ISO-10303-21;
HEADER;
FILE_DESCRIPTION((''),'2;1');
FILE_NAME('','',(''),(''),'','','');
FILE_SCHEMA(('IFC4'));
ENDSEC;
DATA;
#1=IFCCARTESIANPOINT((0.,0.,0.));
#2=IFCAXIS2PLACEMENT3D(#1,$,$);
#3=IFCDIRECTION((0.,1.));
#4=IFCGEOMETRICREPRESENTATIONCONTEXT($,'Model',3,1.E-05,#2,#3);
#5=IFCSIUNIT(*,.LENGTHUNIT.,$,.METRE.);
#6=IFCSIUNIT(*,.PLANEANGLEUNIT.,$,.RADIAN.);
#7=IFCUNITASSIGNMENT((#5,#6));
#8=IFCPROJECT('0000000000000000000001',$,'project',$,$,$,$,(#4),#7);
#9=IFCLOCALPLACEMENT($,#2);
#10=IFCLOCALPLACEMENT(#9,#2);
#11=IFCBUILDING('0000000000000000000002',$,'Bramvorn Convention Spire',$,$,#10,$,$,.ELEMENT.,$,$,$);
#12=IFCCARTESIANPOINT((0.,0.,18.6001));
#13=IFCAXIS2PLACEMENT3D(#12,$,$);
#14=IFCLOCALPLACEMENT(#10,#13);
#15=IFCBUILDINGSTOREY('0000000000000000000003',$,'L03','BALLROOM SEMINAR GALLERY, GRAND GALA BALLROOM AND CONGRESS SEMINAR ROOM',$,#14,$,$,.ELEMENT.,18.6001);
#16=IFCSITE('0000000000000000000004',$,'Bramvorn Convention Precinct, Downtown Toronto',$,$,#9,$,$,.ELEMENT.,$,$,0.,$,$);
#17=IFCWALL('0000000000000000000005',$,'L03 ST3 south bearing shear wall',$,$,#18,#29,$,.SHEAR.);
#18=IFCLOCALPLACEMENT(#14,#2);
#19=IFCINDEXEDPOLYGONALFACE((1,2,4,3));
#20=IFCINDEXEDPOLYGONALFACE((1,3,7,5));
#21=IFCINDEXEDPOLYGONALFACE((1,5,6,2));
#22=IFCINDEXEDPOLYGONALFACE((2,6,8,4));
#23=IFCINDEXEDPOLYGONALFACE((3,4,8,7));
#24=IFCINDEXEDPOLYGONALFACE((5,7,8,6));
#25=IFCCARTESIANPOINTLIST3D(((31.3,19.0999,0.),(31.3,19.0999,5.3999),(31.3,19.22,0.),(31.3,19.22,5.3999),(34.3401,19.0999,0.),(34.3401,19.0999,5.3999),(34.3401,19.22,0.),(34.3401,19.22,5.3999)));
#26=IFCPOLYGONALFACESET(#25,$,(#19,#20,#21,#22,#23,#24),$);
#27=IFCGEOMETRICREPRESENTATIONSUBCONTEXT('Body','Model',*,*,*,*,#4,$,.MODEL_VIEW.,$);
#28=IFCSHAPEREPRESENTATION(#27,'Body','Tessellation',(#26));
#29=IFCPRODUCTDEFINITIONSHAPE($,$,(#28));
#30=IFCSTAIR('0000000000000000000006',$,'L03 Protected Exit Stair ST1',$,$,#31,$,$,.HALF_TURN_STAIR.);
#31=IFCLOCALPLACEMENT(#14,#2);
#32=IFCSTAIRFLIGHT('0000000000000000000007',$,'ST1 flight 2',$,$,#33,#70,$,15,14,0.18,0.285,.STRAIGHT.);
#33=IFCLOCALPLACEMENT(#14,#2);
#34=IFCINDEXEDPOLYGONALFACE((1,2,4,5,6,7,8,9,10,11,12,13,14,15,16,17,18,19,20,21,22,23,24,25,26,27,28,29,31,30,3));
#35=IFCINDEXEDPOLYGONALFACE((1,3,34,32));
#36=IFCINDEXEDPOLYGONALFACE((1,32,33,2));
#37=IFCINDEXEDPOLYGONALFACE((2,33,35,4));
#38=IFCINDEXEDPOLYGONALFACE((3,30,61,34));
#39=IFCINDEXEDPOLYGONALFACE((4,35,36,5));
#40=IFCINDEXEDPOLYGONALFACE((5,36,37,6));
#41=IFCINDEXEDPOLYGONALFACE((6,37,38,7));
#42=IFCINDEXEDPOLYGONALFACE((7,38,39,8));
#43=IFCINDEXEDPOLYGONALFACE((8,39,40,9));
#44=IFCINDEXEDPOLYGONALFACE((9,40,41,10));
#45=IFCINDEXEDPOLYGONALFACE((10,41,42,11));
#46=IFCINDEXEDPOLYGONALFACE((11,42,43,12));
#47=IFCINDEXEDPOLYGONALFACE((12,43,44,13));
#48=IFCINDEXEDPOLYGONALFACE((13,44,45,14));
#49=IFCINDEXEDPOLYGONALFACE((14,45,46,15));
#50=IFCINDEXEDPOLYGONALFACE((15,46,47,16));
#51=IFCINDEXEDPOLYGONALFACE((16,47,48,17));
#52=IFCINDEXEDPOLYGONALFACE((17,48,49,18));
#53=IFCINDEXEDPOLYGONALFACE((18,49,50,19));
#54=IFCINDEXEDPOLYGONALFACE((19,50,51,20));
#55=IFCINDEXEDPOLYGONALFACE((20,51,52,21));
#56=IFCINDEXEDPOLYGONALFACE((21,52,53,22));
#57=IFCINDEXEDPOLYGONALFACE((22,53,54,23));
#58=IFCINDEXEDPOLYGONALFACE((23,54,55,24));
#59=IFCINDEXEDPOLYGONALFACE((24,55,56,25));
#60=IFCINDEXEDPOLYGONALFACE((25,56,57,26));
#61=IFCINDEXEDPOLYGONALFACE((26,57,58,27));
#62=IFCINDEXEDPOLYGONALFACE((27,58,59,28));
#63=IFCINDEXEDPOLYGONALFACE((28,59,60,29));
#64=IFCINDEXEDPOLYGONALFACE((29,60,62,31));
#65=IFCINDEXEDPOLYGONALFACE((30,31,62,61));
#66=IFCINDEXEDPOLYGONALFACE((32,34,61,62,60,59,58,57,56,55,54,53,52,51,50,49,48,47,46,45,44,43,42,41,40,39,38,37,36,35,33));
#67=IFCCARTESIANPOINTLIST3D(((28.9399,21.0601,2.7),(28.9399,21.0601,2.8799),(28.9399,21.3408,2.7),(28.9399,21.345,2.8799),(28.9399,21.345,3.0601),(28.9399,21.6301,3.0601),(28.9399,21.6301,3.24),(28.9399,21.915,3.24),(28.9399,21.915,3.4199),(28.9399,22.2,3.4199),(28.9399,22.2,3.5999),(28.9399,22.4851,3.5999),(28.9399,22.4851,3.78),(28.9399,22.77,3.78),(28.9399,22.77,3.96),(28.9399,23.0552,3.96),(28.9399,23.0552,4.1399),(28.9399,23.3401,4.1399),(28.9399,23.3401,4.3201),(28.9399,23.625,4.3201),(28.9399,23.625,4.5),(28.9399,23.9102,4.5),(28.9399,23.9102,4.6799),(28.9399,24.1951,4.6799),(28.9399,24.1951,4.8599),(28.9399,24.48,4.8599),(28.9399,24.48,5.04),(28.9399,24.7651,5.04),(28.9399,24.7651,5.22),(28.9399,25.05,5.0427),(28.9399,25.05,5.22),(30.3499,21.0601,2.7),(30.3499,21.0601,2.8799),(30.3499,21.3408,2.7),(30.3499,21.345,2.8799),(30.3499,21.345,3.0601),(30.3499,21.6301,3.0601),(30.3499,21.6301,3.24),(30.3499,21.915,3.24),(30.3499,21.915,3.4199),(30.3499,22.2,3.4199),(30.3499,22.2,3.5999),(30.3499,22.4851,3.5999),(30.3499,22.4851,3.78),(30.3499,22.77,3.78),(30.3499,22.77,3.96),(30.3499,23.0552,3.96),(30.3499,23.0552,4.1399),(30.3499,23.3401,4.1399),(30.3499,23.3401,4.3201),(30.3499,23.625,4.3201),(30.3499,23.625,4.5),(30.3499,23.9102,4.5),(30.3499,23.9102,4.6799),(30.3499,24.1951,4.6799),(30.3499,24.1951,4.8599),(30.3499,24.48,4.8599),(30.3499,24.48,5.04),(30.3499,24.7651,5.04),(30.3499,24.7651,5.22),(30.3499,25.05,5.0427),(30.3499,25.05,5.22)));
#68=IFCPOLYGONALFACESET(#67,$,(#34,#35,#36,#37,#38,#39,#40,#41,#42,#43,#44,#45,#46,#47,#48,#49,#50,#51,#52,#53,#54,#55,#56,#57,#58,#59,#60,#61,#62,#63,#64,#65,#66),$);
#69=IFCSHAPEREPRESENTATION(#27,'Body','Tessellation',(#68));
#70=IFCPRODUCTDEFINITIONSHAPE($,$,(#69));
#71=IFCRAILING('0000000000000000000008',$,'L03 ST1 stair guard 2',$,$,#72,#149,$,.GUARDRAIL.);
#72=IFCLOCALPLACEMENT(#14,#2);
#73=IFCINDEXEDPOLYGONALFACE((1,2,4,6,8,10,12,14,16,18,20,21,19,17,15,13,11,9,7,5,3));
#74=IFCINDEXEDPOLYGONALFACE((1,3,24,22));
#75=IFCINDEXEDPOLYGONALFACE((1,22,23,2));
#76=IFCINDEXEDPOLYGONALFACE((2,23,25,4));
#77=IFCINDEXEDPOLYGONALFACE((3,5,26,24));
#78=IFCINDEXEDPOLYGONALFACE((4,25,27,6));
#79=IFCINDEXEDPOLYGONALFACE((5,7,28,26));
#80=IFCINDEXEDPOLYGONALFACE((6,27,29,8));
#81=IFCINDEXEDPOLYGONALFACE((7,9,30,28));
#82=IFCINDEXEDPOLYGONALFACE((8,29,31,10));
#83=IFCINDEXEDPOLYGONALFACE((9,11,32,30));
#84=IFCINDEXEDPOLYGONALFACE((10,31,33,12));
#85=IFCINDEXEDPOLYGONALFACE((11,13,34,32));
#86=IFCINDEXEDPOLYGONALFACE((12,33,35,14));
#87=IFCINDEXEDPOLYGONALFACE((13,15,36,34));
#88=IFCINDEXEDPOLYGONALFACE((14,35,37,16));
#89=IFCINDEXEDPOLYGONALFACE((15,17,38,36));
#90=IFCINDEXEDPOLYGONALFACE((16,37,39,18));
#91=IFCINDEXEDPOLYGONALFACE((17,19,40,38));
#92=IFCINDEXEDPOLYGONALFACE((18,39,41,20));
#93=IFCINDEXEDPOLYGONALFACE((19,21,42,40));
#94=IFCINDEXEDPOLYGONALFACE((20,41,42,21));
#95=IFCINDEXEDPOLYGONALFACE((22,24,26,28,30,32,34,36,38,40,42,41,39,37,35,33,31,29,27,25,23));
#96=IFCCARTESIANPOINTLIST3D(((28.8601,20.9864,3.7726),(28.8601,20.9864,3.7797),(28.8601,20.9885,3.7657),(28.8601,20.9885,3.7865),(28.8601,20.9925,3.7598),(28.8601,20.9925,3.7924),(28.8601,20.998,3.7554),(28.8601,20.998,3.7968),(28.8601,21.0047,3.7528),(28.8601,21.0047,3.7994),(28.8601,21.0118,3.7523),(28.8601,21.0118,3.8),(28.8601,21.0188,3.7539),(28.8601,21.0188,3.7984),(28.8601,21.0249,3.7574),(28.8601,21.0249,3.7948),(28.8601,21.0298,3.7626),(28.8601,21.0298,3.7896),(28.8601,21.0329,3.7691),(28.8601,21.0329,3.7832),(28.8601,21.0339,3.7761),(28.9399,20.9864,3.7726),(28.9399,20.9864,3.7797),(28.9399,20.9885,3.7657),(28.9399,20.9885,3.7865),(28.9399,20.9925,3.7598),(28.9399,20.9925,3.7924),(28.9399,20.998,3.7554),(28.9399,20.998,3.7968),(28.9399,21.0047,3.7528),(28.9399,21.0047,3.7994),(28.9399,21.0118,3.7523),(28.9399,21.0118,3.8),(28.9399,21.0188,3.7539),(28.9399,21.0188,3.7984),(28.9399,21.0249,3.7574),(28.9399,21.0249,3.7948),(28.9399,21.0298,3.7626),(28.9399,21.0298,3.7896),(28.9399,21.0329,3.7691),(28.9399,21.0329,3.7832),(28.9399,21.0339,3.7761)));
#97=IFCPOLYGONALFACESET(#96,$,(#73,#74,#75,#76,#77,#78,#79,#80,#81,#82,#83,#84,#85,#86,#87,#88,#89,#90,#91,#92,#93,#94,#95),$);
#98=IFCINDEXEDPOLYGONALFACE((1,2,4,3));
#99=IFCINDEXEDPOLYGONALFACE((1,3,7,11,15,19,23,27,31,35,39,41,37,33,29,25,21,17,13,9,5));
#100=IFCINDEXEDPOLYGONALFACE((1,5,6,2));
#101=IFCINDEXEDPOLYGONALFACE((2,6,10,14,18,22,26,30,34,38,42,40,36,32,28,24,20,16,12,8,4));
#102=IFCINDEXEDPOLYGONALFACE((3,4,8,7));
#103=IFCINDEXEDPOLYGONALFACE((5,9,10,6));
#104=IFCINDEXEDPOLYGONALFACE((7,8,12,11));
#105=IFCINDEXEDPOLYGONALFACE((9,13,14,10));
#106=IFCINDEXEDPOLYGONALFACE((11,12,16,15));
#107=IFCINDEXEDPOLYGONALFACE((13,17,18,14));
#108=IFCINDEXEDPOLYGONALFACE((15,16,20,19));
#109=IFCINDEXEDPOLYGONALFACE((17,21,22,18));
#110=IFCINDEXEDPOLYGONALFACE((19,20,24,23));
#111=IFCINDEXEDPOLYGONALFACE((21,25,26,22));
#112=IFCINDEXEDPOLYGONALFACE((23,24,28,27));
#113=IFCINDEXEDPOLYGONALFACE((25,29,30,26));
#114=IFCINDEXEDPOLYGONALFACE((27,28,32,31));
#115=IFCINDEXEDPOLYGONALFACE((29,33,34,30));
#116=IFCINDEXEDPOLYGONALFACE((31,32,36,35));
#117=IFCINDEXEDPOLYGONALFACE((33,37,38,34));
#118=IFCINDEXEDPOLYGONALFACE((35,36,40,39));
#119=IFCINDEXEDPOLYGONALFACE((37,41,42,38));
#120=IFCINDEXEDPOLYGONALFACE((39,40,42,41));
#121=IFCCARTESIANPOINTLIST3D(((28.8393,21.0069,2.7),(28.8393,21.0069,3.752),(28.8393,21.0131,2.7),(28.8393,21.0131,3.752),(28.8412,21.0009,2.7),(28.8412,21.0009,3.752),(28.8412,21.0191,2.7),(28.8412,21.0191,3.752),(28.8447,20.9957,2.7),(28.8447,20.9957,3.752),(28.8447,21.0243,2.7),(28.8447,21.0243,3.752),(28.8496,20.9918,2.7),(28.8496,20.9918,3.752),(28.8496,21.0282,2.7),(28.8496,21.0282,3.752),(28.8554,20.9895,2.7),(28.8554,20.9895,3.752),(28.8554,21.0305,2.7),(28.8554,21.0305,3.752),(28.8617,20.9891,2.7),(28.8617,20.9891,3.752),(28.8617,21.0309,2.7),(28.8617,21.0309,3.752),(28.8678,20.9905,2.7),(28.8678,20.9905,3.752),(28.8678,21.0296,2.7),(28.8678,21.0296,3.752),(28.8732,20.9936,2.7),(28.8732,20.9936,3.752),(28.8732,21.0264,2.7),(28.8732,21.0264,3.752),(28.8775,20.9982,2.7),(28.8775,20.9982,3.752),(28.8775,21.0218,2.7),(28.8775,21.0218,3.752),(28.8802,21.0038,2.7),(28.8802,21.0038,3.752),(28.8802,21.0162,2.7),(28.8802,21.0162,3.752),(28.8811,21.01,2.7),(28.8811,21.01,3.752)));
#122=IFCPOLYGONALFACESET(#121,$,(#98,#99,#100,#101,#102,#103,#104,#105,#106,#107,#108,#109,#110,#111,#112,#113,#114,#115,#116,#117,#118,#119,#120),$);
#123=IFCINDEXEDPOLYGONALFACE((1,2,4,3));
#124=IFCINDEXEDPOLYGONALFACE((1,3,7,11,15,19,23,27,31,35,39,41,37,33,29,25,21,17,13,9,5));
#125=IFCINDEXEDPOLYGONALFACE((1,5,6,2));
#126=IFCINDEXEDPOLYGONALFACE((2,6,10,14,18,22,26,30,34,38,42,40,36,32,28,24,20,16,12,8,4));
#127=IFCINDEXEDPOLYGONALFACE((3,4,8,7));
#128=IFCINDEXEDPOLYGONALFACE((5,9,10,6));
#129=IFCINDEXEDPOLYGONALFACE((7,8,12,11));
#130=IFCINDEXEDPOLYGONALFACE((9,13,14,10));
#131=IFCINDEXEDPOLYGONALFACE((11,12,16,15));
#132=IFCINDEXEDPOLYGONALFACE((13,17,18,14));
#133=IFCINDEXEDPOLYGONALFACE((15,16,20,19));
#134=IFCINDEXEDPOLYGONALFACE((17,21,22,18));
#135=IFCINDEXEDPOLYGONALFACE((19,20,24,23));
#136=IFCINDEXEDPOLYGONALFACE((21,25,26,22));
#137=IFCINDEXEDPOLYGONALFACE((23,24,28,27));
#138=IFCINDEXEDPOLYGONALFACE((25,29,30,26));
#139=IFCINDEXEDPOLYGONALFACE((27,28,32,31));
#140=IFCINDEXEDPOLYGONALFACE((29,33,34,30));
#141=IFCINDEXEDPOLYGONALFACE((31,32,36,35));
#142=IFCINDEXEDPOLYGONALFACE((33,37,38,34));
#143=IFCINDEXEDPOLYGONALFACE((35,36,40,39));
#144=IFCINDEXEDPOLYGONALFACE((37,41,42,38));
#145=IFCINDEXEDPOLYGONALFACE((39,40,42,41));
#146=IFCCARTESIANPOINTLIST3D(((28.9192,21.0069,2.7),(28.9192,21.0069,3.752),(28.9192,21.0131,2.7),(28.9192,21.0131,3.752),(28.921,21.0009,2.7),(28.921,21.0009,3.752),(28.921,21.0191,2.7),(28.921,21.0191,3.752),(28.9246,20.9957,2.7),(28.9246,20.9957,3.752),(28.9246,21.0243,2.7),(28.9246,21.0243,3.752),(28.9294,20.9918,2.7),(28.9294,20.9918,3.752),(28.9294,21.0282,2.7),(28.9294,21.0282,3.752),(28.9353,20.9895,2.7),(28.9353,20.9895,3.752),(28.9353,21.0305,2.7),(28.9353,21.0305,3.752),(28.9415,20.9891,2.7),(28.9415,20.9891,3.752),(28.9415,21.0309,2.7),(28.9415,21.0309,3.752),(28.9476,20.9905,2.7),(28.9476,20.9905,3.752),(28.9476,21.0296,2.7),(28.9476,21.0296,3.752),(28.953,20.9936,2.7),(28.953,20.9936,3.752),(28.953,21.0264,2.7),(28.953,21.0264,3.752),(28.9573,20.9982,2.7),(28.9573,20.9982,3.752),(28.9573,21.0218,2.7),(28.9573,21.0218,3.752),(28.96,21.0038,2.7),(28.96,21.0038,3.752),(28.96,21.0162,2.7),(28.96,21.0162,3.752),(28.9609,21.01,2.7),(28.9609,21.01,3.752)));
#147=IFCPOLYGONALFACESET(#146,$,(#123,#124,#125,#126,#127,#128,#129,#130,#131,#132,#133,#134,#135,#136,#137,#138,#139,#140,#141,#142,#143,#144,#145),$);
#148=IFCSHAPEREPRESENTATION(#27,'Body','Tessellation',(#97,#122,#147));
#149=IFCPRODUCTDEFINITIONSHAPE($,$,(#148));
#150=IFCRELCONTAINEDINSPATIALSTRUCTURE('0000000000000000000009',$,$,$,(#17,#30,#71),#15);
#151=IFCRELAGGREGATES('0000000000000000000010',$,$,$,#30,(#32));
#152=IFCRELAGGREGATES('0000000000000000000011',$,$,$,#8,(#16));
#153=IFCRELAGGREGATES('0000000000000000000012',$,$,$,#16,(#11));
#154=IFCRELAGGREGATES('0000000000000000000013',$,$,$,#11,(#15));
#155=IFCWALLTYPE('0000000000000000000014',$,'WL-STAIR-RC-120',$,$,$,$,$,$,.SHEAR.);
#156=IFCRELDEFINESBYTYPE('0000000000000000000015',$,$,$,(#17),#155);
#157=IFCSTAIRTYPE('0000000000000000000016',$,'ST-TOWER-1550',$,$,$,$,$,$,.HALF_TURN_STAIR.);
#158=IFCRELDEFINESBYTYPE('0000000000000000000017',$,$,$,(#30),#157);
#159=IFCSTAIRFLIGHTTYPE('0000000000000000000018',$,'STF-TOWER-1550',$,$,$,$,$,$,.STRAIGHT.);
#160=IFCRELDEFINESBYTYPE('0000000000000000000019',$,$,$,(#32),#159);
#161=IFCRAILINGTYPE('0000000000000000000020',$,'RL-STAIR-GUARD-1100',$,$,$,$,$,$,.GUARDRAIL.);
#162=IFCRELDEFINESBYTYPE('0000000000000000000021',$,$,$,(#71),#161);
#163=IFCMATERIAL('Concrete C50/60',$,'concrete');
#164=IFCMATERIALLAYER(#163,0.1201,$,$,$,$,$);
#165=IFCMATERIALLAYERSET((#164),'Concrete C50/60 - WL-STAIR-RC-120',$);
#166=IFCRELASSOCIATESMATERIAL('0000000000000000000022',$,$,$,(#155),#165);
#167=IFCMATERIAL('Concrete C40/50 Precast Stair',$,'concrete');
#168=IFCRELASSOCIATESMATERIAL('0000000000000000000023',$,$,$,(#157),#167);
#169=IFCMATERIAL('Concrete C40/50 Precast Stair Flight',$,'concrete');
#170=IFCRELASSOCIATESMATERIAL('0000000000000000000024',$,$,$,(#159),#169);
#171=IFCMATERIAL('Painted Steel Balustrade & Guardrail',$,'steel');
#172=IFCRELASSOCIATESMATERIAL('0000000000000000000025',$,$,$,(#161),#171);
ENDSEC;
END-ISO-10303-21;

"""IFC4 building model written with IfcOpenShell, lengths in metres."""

from ifc_helpers import new_model, si_unit, direction, frame, frame_2d, origin, origin_2d, place, context, subcontext, project, spatial, polyline, rectangle, circle, outline, extrude, material, layer, layer_set, type_object, element, aggregate, save


model = new_model("IFC4")

# Units and contexts
model_context = context("Model", 3, precision=1e-05, world=origin(), true_north=direction((0.0, 1.0)))
body_context = subcontext(model_context, "Body", "Model", "MODEL_VIEW")
ifc_project = project(units=[si_unit("LENGTHUNIT", "METRE"), si_unit("PLANEANGLEUNIT", "RADIAN")], contexts=[model_context])

# Site, building, storey
site_placement = place(None, origin())
site = spatial("IfcSite", under=ifc_project, at=site_placement, Name="Bramvorn Convention Precinct, Downtown Toronto", CompositionType="ELEMENT", RefElevation=0.0)
building_placement = place(site_placement, origin())
building = spatial("IfcBuilding", under=site, at=building_placement, Name="Bramvorn Convention Spire", CompositionType="ELEMENT")
storey_placement = place(building_placement, frame((0.0, 0.0, 18.6001)))
storey = spatial("IfcBuildingStorey", under=building, at=storey_placement, Name="L03", Description="BALLROOM SEMINAR GALLERY, GRAND GALA BALLROOM AND CONGRESS SEMINAR ROOM", CompositionType="ELEMENT", Elevation=18.6001)

# Wall
ifc_material_1 = material(Name="Concrete C50/60", Category="concrete")
ifc_layer_1 = layer(ifc_material_1, 0.1201)
ifc_layer_set_1 = layer_set([ifc_layer_1], Name="Concrete C50/60 - WL-STAIR-RC-120")
wall_type_1 = type_object("IfcWallType", Name="WL-STAIR-RC-120", PredefinedType="SHEAR", material=ifc_layer_set_1)
wall_1_placement = place(storey_placement, frame((31.3, 19.1599, 0.0), z_axis=(0.0, 0.0, 1.0), x_axis=(1.0, 0.0, 0.0)))
element("IfcWall", 1, at=wall_1_placement, inside=storey, type_object=wall_type_1, Name="L03 ST3 south bearing shear wall", PredefinedType="SHEAR", context=body_context, shape_type="SweptSolid", body=[
    extrude(rectangle(XDim=3.04, YDim=0.1201, at=frame_2d((1.52, 0.0))), origin(), (0.0, 0.0, 1.0), 5.3999),
])

# Stair, stair flight
ifc_material_2 = material(Name="Concrete C40/50 Precast Stair", Category="concrete")
stair_type = type_object("IfcStairType", Name="ST-TOWER-1550", PredefinedType="HALF_TURN_STAIR", material=ifc_material_2)
stair_placement = place(storey_placement, origin())
stair = element("IfcStair", 2, at=stair_placement, inside=storey, type_object=stair_type, Name="L03 Protected Exit Stair ST1", PredefinedType="HALF_TURN_STAIR")
ifc_material_3 = material(Name="Concrete C40/50 Precast Stair Flight", Category="concrete")
stair_flight_type = type_object("IfcStairFlightType", Name="STF-TOWER-1550", PredefinedType="STRAIGHT", material=ifc_material_3)
stair_flight_placement = place(storey_placement, frame((29.645, 21.0601, 2.7), z_axis=(0.0, 0.0, 1.0), x_axis=(0.0, 1.0, 0.0)))
stair_flight = element("IfcStairFlight", 3, at=stair_flight_placement, type_object=stair_flight_type, Name="ST1 flight 2", NumberOfRisers=15, NumberOfTreads=14, PredefinedType="STRAIGHT", RiserHeight=0.18, TreadLength=0.285, context=body_context, shape_type="SweptSolid", body=[
    extrude(outline(polyline([(0.0, 0.0), (0.0, 0.1799), (0.2849, 0.1799), (0.2849, 0.3601), (0.5701, 0.3601), (0.5701, 0.54), (0.855, 0.54), (0.855, 0.72), (1.1399, 0.72), (1.1399, 0.8999), (1.425, 0.8999), (1.425, 1.0801), (1.71, 1.0801), (1.71, 1.26), (1.9951, 1.26), (1.9951, 1.4399), (2.28, 1.4399), (2.28, 1.6201), (2.5649, 1.6201), (2.5649, 1.8), (2.8501, 1.8), (2.8501, 1.98), (3.135, 1.98), (3.135, 2.1599), (3.4199, 2.1599), (3.4199, 2.3401), (3.7051, 2.3401), (3.7051, 2.52), (3.99, 2.52), (3.99, 2.7), (3.99, 2.3428), (0.2808, 0.0), (0.0, 0.0)])), frame((0.0, 0.7051, 0.0), z_axis=(0.0, -1.0, 0.0), x_axis=(1.0, 0.0, 0.0)), (0.0, 0.0, 1.0), 1.4099),
])
aggregate(stair, [stair_flight])

# Railing
ifc_material_4 = material(Name="Painted Steel Balustrade & Guardrail", Category="steel")
railing_type_1 = type_object("IfcRailingType", Name="RL-STAIR-GUARD-1100", PredefinedType="GUARDRAIL", material=ifc_material_4)
railing_1_placement = place(storey_placement, frame((28.8601, 21.01, 2.7)))
element("IfcRailing", 4, at=railing_1_placement, inside=storey, type_object=railing_type_1, Name="L03 ST1 stair guard 2", PredefinedType="GUARDRAIL", context=body_context, shape_type="SweptSolid", body=[
    extrude(circle(Radius=0.0239, at=origin_2d()), frame((0.0, 0.0, 1.0762), z_axis=(1.0, 0.0, 0.0), x_axis=(0.0, 1.0, 0.0)), (0.0, 0.0, 1.0), 0.0798),
    extrude(circle(Radius=0.021, at=origin_2d()), origin(), (0.0, 0.0, 1.0), 1.052),
    extrude(circle(Radius=0.021, at=origin_2d()), frame((0.0798, 0.0, 0.0)), (0.0, 0.0, 1.0), 1.052),
])

save(model, "model.ifc")
